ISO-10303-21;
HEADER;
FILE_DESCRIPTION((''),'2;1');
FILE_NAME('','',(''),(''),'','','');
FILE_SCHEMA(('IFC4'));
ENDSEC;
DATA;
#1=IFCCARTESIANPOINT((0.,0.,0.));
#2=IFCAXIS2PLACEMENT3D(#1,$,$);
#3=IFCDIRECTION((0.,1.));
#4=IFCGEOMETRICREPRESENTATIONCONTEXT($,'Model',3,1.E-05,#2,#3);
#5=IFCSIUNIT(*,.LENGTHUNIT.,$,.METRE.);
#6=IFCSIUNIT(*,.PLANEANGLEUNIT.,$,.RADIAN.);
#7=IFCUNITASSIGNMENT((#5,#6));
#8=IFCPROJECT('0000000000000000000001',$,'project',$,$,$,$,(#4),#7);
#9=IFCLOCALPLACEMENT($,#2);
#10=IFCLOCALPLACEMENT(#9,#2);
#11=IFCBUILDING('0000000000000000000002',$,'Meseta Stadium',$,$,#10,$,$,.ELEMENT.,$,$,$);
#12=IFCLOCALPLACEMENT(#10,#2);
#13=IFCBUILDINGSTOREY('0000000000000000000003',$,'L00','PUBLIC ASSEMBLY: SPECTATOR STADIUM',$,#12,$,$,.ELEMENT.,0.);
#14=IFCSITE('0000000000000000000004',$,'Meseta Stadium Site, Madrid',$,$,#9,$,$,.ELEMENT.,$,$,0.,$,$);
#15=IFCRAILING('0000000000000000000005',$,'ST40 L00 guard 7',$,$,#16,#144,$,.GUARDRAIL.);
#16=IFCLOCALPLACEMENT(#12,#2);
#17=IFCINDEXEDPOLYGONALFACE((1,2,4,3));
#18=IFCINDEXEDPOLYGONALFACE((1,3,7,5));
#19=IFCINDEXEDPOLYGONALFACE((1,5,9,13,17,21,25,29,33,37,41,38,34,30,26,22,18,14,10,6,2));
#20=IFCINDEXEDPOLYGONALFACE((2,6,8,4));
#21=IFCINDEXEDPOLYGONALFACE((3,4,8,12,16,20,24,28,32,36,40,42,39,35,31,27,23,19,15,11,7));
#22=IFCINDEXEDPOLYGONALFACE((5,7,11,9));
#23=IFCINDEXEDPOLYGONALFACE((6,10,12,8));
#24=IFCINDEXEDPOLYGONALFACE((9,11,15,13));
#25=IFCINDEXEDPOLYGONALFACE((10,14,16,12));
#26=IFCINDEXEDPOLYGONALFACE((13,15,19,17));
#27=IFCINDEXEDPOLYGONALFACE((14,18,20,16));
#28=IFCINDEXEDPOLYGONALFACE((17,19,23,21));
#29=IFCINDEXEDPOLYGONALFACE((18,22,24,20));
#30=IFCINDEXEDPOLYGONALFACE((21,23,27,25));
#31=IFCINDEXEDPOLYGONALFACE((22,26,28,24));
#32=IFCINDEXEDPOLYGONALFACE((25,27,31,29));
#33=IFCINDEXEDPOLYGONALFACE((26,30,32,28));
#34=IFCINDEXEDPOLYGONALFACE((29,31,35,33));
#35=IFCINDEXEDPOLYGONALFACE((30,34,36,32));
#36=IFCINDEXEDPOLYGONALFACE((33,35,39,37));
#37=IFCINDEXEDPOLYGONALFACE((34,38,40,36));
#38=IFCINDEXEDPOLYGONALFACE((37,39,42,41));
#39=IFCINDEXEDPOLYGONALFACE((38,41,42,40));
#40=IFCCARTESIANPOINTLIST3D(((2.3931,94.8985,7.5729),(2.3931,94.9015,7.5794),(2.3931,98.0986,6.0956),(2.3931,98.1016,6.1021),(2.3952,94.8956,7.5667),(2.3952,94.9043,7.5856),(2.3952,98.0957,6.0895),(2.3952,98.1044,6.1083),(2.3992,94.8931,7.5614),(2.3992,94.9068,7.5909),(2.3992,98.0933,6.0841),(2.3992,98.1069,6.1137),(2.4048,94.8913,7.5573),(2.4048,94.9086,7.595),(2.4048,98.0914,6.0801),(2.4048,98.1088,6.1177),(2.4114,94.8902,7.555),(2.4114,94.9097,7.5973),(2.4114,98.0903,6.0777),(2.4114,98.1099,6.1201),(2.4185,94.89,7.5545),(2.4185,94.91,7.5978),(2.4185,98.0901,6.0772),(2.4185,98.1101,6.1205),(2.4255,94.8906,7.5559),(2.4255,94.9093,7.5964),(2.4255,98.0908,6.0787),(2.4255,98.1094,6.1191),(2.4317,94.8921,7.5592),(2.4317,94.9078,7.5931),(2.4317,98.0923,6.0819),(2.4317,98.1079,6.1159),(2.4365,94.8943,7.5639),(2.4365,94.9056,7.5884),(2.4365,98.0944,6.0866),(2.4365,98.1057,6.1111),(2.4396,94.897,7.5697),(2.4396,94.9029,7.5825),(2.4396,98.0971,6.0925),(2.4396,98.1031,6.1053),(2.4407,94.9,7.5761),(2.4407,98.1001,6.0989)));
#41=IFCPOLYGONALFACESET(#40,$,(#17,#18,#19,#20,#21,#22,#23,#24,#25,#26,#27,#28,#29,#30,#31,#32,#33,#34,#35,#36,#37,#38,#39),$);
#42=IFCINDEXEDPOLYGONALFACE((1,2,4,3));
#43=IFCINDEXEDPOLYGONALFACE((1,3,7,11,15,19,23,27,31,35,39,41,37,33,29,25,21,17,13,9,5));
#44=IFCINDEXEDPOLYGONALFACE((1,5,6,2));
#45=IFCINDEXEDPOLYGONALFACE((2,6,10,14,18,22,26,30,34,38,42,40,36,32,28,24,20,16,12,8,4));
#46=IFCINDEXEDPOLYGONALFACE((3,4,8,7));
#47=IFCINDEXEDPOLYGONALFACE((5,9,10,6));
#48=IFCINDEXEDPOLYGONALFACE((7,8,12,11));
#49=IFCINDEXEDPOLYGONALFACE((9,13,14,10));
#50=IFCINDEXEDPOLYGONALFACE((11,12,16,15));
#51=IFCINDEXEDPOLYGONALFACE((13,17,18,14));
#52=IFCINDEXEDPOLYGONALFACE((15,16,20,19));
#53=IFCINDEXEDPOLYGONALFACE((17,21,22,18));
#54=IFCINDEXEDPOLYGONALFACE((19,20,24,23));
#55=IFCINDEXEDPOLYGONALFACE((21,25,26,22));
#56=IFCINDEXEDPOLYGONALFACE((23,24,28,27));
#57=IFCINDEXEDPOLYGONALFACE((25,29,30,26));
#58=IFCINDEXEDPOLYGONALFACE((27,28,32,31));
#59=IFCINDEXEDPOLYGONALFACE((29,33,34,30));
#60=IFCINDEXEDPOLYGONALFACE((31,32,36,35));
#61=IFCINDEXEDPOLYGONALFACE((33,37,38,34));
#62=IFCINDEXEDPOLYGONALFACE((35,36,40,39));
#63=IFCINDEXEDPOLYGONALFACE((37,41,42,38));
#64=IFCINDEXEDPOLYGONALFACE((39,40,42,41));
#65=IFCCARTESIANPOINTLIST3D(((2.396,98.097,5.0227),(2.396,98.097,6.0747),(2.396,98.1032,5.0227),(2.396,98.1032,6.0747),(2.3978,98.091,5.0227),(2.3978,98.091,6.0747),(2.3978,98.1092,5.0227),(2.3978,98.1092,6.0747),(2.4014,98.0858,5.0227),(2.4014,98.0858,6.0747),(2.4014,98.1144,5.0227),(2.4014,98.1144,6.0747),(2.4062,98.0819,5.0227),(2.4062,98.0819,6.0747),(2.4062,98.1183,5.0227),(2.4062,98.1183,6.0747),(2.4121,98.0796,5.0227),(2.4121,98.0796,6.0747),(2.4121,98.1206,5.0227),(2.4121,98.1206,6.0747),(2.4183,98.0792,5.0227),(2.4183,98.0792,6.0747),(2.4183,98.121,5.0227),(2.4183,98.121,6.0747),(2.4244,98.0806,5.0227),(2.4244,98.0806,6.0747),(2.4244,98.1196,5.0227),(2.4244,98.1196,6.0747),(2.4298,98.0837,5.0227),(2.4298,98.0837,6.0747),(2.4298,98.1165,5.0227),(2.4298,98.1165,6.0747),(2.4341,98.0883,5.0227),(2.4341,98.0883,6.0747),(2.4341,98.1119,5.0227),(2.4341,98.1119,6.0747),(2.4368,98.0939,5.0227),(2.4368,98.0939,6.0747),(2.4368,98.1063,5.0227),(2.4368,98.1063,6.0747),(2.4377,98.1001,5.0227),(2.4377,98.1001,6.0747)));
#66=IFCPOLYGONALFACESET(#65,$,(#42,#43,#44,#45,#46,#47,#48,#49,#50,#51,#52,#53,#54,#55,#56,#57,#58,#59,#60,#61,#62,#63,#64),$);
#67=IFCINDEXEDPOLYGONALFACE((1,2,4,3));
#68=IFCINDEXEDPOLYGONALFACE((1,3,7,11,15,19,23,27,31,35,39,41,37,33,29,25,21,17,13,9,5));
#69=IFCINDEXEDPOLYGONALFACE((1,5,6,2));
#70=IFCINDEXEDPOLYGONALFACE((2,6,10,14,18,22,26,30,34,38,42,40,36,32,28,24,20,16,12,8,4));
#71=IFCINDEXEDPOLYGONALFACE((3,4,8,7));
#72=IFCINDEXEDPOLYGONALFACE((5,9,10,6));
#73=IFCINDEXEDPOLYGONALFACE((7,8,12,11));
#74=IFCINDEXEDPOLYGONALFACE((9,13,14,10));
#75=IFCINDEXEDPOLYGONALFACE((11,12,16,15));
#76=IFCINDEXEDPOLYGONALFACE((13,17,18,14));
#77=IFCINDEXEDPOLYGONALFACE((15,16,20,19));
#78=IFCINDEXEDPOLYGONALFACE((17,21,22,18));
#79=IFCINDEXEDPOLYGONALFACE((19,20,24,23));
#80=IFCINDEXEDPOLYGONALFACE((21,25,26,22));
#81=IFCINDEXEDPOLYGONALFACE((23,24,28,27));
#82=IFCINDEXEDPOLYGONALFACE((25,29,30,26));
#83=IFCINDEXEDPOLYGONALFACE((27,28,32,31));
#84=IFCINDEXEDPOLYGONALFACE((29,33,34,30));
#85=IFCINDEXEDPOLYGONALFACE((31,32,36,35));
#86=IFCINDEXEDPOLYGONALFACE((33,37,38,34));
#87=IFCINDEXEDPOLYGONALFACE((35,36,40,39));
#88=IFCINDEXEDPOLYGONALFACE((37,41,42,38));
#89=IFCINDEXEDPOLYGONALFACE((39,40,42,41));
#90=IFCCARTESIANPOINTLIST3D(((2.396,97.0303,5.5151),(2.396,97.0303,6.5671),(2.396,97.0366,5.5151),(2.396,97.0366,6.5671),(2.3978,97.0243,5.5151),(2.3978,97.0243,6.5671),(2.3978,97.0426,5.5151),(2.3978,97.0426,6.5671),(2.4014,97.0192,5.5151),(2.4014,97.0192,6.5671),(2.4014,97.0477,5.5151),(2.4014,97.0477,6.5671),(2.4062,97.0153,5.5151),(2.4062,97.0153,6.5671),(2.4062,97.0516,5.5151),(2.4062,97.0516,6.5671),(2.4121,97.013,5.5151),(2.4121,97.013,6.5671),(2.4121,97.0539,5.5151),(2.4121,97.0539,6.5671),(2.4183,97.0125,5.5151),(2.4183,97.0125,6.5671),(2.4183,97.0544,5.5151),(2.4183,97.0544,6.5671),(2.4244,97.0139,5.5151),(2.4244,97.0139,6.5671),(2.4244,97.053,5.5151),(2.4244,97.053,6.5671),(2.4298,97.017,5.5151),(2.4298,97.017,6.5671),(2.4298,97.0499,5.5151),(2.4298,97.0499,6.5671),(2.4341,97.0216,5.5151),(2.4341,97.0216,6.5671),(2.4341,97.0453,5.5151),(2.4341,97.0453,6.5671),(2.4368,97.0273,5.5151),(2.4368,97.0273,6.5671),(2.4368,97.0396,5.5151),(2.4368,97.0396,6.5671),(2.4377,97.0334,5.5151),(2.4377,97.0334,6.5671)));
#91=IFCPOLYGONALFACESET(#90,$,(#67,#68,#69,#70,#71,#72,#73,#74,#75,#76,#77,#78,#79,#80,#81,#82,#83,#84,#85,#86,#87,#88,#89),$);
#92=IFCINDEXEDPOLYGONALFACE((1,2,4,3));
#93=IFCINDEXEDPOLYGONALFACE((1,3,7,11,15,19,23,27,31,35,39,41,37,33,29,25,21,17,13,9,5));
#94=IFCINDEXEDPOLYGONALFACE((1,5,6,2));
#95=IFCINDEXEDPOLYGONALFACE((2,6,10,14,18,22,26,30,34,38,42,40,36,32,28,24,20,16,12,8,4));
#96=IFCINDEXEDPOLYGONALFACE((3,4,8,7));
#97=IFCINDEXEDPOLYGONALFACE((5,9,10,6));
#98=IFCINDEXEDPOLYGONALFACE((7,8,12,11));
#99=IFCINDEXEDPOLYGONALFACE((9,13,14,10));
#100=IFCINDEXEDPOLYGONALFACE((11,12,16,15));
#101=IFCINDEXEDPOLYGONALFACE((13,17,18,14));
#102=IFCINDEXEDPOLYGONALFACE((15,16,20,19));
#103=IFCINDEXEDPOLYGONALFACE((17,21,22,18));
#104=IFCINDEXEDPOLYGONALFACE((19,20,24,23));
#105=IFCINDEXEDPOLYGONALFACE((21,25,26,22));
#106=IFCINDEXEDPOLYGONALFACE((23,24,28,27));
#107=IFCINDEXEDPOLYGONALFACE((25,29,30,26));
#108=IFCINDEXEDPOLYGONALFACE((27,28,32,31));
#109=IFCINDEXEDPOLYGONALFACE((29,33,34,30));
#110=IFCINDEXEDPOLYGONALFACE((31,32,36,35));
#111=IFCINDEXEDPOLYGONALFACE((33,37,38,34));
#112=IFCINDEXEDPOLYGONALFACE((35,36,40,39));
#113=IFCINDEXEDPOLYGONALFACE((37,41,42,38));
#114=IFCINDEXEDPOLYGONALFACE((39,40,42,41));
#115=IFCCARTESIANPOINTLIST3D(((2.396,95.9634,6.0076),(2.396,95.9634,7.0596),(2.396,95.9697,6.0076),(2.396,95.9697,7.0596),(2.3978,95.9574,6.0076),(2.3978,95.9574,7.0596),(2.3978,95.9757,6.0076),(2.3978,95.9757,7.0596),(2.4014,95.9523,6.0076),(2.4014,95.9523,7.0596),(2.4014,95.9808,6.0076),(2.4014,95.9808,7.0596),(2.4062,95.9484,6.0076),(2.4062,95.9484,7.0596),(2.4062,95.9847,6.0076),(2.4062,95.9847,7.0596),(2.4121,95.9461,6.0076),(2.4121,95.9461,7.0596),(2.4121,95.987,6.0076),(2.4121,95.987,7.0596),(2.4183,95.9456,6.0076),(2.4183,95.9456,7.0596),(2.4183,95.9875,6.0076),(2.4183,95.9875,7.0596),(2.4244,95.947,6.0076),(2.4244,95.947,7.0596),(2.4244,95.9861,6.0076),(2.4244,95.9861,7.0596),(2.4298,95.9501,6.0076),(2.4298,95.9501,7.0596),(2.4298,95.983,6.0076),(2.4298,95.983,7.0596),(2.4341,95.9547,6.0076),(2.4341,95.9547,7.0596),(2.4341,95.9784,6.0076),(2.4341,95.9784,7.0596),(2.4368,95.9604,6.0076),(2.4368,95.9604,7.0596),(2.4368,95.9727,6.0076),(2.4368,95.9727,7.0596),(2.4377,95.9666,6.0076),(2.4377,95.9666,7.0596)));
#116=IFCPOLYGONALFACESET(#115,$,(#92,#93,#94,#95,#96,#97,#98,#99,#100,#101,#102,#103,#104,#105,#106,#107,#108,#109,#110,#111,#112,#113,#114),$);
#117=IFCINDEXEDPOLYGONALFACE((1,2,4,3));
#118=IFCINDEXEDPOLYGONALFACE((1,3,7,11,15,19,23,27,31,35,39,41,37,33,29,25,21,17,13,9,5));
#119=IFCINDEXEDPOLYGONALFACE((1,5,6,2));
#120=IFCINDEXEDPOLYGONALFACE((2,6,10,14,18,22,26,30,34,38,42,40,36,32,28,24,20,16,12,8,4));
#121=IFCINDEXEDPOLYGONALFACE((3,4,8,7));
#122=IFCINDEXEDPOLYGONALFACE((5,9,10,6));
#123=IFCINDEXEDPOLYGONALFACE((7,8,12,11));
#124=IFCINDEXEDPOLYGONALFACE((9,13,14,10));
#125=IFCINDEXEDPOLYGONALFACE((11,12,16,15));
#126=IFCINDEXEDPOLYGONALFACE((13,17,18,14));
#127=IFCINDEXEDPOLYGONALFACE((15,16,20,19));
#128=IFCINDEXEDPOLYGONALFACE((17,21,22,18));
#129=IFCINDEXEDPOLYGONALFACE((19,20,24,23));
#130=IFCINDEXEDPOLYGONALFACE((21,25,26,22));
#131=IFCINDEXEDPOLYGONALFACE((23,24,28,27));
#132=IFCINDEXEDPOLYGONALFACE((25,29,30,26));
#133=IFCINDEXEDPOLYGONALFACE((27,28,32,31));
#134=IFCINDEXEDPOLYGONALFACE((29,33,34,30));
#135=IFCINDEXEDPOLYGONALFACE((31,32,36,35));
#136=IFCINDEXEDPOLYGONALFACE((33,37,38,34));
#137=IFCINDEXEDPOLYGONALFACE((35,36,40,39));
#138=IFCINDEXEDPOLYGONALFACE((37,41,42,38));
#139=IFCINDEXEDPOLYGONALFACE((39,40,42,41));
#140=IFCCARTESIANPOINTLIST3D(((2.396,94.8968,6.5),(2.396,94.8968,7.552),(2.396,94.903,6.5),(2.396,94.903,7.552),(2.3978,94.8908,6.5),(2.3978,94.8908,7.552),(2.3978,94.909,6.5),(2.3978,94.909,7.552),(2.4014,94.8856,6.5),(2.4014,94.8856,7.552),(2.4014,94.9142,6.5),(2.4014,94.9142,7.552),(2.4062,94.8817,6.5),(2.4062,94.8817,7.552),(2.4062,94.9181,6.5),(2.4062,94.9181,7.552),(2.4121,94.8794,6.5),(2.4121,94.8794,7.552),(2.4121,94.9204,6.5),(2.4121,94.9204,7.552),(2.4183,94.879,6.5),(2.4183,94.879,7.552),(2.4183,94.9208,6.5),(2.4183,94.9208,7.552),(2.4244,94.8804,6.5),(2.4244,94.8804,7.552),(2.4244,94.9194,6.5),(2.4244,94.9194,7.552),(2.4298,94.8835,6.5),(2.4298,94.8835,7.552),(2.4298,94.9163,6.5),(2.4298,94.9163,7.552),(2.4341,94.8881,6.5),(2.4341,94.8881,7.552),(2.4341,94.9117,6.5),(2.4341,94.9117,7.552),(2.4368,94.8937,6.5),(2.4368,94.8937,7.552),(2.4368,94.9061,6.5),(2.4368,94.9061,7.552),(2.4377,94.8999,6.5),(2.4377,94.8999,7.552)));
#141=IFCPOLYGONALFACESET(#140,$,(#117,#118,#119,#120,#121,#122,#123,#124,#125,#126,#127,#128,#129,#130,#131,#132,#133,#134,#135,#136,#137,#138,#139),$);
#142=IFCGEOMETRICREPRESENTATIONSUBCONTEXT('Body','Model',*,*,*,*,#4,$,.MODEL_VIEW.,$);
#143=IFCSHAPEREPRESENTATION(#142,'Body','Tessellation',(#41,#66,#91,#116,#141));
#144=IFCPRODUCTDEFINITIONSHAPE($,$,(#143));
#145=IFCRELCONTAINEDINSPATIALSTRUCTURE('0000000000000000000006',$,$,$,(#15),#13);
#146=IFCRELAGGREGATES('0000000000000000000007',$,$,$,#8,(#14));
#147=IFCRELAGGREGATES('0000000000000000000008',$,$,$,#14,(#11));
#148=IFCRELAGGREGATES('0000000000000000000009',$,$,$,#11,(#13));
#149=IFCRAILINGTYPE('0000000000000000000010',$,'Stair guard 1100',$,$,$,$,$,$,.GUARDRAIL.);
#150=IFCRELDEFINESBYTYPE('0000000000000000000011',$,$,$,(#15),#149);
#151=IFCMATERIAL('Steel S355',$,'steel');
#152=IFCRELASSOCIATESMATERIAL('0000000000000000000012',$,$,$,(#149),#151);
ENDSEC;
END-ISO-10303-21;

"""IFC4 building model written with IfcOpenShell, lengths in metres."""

from ifc_helpers import new_model, si_unit, direction, frame, origin, origin_2d, place, context, subcontext, project, spatial, circle, extrude, material, type_object, element, save


model = new_model("IFC4")

# Units and contexts
model_context = context("Model", 3, precision=1e-05, world=origin(), true_north=direction((0.0, 1.0)))
body_context = subcontext(model_context, "Body", "Model", "MODEL_VIEW")
ifc_project = project(units=[si_unit("LENGTHUNIT", "METRE"), si_unit("PLANEANGLEUNIT", "RADIAN")], contexts=[model_context])

# Site, building, storey
site_placement = place(None, origin())
site = spatial("IfcSite", under=ifc_project, at=site_placement, Name="Meseta Stadium Site, Madrid", CompositionType="ELEMENT", RefElevation=0.0)
building_placement = place(site_placement, origin())
building = spatial("IfcBuilding", under=site, at=building_placement, Name="Meseta Stadium", CompositionType="ELEMENT")
storey_placement = place(building_placement, origin())
storey = spatial("IfcBuildingStorey", under=building, at=storey_placement, Name="L00", Description="PUBLIC ASSEMBLY: SPECTATOR STADIUM", CompositionType="ELEMENT", Elevation=0.0)

# Railing
ifc_material_1 = material(Name="Steel S355", Category="steel")
railing_type_1 = type_object("IfcRailingType", Name="Stair guard 1100", PredefinedType="GUARDRAIL", material=ifc_material_1)
railing_1_placement = place(storey_placement, frame((2.4167, 98.1001, 5.0227)))
element("IfcRailing", 1, at=railing_1_placement, inside=storey, type_object=railing_type_1, Name="ST40 L00 guard 7", PredefinedType="GUARDRAIL", context=body_context, shape_type="SweptSolid", body=[
    extrude(circle(Radius=0.0239, at=origin_2d()), frame((0.0, 0.0, 1.0762), z_axis=(0.0, -0.907929, 0.419124), x_axis=(1.0, 0.0, 0.0)), (0.0, 0.0, 1.0), 3.5247),
    extrude(circle(Radius=0.021, at=origin_2d()), origin(), (0.0, 0.0, 1.0), 1.052),
    extrude(circle(Radius=0.021, at=origin_2d()), frame((0.0, -1.0667, 0.4924)), (0.0, 0.0, 1.0), 1.052),
    extrude(circle(Radius=0.021, at=origin_2d()), frame((0.0, -2.1335, 0.9849)), (0.0, 0.0, 1.0), 1.052),
    extrude(circle(Radius=0.021, at=origin_2d()), frame((0.0, -3.2002, 1.4773)), (0.0, 0.0, 1.0), 1.052),
])

save(model, "model.ifc")
